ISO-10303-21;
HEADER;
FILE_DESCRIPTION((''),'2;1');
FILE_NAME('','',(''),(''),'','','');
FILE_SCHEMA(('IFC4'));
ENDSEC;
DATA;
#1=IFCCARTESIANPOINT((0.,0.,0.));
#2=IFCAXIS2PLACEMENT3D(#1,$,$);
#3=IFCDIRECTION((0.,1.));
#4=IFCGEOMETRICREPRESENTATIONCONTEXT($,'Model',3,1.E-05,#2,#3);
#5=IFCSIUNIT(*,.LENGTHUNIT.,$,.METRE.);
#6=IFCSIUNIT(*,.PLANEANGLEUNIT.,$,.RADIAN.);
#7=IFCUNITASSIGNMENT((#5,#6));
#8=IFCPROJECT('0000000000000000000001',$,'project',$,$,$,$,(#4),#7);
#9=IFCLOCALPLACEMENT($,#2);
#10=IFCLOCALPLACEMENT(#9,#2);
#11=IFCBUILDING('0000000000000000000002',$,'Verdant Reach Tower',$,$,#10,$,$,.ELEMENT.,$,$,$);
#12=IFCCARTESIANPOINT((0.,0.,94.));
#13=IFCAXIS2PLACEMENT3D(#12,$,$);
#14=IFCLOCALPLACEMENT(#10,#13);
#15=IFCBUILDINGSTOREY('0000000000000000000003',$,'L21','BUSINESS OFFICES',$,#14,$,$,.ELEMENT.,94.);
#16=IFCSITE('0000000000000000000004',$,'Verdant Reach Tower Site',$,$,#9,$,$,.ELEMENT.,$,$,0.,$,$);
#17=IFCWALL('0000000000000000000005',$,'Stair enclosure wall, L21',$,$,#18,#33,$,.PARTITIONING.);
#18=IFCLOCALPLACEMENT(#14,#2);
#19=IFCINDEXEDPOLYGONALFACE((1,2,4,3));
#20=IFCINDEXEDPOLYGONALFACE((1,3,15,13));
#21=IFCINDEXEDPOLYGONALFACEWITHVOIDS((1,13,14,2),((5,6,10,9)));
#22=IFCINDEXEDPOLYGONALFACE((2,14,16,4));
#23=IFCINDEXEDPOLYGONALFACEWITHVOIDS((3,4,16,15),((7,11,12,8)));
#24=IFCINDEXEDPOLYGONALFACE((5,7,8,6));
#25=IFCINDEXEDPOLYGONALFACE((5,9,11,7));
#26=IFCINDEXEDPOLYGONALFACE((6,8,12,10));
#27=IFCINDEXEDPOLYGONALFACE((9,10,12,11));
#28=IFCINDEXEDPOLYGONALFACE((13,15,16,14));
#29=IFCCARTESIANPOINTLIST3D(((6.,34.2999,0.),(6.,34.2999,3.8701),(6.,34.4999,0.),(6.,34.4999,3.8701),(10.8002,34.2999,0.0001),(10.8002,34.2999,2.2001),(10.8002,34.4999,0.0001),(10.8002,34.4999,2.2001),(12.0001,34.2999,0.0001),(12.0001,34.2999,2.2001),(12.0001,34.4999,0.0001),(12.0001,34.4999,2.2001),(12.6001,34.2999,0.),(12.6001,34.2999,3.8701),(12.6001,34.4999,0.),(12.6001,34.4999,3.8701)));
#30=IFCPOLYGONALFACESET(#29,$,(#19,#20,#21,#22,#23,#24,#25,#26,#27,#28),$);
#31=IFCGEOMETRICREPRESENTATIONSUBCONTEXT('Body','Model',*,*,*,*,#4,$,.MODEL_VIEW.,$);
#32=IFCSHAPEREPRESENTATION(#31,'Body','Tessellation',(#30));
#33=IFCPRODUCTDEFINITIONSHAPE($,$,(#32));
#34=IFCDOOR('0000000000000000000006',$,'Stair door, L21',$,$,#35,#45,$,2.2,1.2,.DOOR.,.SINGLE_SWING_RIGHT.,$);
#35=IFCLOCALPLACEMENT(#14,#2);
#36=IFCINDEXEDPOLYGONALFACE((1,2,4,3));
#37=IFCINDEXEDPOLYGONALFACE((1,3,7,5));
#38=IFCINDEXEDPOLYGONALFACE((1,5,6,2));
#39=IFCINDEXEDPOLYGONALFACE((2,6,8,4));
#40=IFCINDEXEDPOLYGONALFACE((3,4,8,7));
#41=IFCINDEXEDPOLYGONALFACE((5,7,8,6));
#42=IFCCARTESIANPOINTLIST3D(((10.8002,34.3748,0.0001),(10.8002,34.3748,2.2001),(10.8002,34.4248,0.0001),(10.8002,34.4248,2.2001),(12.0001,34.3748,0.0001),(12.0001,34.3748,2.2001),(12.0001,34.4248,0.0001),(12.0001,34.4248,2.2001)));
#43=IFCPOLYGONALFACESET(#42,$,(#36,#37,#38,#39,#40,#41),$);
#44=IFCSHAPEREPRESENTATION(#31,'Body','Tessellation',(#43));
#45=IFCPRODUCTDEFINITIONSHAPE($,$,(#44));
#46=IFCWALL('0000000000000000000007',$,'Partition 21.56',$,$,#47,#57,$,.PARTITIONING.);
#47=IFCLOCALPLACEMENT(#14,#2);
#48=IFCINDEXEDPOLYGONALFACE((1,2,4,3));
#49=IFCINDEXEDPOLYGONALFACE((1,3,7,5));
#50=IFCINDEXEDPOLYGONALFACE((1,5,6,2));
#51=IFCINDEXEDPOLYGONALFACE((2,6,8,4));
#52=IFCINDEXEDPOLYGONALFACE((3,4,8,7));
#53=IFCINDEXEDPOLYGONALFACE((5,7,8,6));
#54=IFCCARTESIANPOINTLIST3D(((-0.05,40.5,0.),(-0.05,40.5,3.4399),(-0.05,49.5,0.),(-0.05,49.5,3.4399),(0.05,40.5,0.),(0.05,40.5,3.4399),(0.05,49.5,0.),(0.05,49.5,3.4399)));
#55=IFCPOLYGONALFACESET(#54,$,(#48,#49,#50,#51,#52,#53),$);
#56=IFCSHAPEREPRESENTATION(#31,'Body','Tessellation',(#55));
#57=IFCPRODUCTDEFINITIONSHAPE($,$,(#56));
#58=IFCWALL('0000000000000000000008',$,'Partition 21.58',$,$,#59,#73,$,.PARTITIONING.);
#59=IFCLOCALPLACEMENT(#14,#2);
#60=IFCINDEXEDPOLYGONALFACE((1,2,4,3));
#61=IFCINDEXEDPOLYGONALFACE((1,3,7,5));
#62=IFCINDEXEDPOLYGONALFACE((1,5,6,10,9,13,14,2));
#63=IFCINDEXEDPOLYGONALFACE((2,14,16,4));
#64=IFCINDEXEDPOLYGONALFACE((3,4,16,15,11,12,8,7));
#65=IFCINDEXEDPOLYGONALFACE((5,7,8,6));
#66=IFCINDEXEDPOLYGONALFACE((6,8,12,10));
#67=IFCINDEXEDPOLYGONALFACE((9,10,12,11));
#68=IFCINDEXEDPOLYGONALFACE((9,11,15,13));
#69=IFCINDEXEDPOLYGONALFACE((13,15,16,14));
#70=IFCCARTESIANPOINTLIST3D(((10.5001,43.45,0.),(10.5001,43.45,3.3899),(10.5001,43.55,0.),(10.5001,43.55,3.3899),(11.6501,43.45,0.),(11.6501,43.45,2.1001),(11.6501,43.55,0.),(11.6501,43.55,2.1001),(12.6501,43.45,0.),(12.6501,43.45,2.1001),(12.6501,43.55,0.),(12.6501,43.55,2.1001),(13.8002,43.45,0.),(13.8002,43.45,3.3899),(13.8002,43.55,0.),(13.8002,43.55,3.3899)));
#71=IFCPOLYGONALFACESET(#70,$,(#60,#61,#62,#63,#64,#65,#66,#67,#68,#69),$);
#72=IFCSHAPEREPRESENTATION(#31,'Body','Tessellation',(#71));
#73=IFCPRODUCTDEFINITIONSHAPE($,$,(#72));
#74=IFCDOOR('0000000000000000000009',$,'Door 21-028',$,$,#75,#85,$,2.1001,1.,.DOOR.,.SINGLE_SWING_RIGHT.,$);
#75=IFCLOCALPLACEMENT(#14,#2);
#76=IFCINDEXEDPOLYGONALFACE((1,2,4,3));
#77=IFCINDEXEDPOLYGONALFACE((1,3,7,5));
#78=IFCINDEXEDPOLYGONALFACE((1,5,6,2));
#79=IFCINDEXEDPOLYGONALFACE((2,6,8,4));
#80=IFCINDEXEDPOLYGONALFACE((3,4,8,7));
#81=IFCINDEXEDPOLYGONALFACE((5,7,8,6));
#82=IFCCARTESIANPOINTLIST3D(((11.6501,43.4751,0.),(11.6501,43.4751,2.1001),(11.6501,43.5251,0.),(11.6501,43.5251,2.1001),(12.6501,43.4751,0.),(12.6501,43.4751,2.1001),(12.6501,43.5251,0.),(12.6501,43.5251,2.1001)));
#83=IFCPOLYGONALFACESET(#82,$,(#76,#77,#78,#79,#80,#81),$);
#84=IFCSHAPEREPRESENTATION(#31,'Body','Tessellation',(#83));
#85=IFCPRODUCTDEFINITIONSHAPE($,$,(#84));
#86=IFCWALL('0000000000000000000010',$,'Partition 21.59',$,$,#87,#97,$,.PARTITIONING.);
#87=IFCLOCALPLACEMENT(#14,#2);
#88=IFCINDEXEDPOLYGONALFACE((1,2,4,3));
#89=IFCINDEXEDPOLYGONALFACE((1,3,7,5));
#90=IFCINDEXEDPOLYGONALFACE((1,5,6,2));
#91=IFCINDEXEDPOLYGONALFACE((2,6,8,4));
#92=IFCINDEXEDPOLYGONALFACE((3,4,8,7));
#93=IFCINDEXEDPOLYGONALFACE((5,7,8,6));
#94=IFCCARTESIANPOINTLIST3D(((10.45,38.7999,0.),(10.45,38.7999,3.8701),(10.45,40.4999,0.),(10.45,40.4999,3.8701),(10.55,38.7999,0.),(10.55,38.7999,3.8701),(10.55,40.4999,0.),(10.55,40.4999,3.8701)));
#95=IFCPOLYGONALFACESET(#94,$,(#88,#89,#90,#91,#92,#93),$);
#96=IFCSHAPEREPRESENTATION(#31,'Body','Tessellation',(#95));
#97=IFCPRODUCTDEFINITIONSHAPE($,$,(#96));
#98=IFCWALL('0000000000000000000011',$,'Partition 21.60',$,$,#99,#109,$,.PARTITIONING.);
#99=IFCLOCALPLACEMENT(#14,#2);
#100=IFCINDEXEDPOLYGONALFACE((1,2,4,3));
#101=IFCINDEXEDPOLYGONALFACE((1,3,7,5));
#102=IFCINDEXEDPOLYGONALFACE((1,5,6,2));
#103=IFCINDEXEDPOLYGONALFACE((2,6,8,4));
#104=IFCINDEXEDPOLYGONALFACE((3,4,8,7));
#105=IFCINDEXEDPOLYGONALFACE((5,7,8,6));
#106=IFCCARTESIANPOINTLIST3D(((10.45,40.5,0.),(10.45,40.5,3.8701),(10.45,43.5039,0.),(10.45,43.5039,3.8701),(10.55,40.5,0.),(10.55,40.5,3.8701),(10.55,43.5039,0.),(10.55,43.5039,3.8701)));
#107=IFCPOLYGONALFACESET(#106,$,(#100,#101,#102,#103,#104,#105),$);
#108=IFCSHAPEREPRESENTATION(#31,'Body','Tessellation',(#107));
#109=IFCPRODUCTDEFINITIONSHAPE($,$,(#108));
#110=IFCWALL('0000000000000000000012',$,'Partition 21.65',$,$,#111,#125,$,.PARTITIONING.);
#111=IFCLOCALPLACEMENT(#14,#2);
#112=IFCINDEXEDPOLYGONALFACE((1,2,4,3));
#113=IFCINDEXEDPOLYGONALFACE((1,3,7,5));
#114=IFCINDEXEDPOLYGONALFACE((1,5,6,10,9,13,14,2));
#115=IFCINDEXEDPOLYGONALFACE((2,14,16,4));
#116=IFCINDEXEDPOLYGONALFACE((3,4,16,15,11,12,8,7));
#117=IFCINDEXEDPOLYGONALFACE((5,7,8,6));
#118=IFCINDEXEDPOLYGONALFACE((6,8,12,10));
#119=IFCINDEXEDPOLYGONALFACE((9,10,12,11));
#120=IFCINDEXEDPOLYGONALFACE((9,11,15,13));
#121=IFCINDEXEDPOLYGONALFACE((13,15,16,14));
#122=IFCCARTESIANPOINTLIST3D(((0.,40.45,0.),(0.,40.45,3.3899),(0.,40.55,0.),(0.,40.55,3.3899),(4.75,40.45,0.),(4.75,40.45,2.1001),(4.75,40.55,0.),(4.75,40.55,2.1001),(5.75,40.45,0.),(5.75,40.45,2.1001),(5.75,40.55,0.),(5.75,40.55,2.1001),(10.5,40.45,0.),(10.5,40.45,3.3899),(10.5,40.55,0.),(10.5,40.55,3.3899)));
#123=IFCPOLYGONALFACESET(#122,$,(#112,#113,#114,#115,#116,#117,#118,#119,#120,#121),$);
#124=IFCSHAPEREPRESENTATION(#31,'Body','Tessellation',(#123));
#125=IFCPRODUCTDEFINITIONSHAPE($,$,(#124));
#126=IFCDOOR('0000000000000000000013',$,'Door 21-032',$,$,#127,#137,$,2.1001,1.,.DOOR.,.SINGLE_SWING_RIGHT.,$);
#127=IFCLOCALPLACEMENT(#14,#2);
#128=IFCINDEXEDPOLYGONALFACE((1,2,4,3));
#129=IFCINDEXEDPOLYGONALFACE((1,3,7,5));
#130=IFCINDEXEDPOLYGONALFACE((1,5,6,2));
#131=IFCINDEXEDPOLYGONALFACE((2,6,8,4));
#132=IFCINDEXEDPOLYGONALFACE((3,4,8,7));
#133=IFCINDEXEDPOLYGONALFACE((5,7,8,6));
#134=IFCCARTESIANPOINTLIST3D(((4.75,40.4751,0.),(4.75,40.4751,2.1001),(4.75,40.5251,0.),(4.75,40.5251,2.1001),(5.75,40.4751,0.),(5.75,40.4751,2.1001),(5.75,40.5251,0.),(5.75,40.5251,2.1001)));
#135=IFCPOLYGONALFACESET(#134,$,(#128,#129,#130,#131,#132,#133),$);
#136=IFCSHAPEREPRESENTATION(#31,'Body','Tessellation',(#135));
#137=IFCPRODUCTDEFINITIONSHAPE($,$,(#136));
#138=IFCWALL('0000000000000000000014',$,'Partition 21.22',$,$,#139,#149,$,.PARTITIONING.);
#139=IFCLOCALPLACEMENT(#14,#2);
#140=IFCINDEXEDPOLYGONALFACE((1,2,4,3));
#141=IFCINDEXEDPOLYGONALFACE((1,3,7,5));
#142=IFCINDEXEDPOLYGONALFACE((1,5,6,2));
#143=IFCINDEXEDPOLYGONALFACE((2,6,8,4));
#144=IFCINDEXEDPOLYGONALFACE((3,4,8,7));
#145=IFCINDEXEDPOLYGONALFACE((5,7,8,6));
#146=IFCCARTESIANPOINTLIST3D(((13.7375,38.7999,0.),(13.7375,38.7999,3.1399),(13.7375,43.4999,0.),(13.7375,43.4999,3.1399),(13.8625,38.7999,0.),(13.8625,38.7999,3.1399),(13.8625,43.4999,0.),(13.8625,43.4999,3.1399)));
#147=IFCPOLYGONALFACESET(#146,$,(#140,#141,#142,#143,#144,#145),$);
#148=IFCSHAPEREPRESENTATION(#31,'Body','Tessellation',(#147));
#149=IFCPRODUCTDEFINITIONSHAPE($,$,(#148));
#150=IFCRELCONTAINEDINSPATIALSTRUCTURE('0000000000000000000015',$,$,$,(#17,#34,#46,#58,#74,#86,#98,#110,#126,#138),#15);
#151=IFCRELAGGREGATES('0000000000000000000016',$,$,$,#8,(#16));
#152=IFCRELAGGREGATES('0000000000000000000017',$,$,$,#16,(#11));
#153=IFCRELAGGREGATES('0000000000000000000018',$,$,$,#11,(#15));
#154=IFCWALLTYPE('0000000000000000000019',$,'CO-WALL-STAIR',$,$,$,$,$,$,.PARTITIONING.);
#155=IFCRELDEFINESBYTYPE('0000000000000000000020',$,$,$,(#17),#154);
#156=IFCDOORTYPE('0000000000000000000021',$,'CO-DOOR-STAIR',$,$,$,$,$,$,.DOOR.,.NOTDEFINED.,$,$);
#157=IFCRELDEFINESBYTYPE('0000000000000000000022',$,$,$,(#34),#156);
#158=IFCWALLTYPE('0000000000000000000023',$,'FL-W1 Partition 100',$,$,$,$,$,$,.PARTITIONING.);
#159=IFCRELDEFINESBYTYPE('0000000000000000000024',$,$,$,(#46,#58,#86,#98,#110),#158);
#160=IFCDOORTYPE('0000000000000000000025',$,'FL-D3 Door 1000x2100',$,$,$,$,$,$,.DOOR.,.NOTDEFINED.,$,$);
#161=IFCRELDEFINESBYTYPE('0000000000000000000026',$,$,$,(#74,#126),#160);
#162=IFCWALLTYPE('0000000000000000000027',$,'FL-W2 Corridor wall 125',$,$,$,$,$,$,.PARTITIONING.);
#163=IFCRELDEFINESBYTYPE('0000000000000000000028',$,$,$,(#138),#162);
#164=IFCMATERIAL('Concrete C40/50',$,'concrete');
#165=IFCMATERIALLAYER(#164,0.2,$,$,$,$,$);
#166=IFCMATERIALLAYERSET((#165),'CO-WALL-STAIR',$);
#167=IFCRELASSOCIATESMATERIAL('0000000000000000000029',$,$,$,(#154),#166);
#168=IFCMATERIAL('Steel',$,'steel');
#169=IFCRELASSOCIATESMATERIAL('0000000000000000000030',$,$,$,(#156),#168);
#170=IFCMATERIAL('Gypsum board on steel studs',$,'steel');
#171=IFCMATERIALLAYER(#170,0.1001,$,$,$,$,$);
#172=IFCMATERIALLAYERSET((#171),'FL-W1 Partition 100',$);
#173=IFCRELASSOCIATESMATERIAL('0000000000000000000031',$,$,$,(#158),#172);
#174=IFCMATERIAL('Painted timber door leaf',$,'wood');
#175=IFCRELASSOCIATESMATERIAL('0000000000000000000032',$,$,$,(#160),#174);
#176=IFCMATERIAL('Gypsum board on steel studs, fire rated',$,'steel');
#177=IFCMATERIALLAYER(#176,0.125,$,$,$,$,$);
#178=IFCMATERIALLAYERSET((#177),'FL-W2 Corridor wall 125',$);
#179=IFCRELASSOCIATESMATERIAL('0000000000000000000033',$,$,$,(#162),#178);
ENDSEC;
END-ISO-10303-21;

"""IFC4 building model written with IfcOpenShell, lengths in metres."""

from ifc_helpers import new_model, si_unit, direction, frame, frame_2d, origin, place, context, subcontext, project, spatial, rectangle, extrude, material, layer, layer_set, type_object, element, fill, save


model = new_model("IFC4")

# Units and contexts
model_context = context("Model", 3, precision=1e-05, world=origin(), true_north=direction((0.0, 1.0)))
body_context = subcontext(model_context, "Body", "Model", "MODEL_VIEW")
ifc_project = project(units=[si_unit("LENGTHUNIT", "METRE"), si_unit("PLANEANGLEUNIT", "RADIAN")], contexts=[model_context])

# Site, building, storey
site_placement = place(None, origin())
site = spatial("IfcSite", under=ifc_project, at=site_placement, Name="Verdant Reach Tower Site", CompositionType="ELEMENT", RefElevation=0.0)
building_placement = place(site_placement, origin())
building = spatial("IfcBuilding", under=site, at=building_placement, Name="Verdant Reach Tower", CompositionType="ELEMENT")
storey_placement = place(building_placement, frame((0.0, 0.0, 94.0)))
storey = spatial("IfcBuildingStorey", under=building, at=storey_placement, Name="L21", Description="BUSINESS OFFICES", CompositionType="ELEMENT", Elevation=94.0)

# Shared definitions
ifc_material_1 = material(Name="Concrete C40/50", Category="concrete")
ifc_layer_1 = layer(ifc_material_1, 0.2)
ifc_layer_set_1 = layer_set([ifc_layer_1], Name="CO-WALL-STAIR")
wall_type_1 = type_object("IfcWallType", Name="CO-WALL-STAIR", PredefinedType="PARTITIONING", material=ifc_layer_set_1)

# Wall, opening, door
wall_1_placement = place(storey_placement, frame((6.0, 34.3999, 0.0), z_axis=(0.0, 0.0, 1.0), x_axis=(1.0, 0.0, 0.0)))
wall_1 = element("IfcWall", 1, at=wall_1_placement, inside=storey, type_object=wall_type_1, Name="Stair enclosure wall, L21", PredefinedType="PARTITIONING", context=body_context, shape_type="SweptSolid", body=[
    extrude(rectangle(XDim=6.6001, YDim=0.2, at=frame_2d((3.3, 0.0))), origin(), (0.0, 0.0, 1.0), 3.8701),
])
opening_1_placement = place(wall_1_placement, frame((4.8, 0.0, 0.0)))
opening_1 = element("IfcOpeningElement", 2, at=opening_1_placement, cuts=wall_1, PredefinedType="OPENING", context=body_context, shape_type="SweptSolid", body=[
    extrude(rectangle(XDim=1.2, YDim=2.2, at=frame_2d((0.6001, 1.1001))), frame((0.0, 0.1099, 0.0), z_axis=(0.0, -1.0, 0.0), x_axis=(1.0, 0.0, 0.0)), (0.0, 0.0, 1.0), 0.22),
])
ifc_material_2 = material(Name="Steel", Category="steel")
door_type_1 = type_object("IfcDoorType", Name="CO-DOOR-STAIR", OperationType="NOTDEFINED", PredefinedType="DOOR", material=ifc_material_2)
door_1_placement = place(opening_1_placement, origin())
door_1 = element("IfcDoor", 3, at=door_1_placement, inside=storey, type_object=door_type_1, Name="Stair door, L21", OperationType="SINGLE_SWING_RIGHT", OverallHeight=2.2, OverallWidth=1.2, PredefinedType="DOOR", context=body_context, shape_type="SweptSolid", body=[
    extrude(rectangle(XDim=1.2, YDim=2.2, at=frame_2d((0.6001, 1.1001))), frame((0.0, 0.0249, 0.0), z_axis=(0.0, -1.0, 0.0), x_axis=(1.0, 0.0, 0.0)), (0.0, 0.0, 1.0), 0.05),
])
fill(opening_1, door_1)

# Wall
ifc_material_3 = material(Name="Gypsum board on steel studs", Category="steel")
ifc_layer_2 = layer(ifc_material_3, 0.1001)
ifc_layer_set_2 = layer_set([ifc_layer_2], Name="FL-W1 Partition 100")
wall_type_2 = type_object("IfcWallType", Name="FL-W1 Partition 100", PredefinedType="PARTITIONING", material=ifc_layer_set_2)
wall_2_placement = place(storey_placement, frame((0.0, 40.5, 0.0), z_axis=(0.0, 0.0, 1.0), x_axis=(0.0, 1.0, 0.0)))
element("IfcWall", 4, at=wall_2_placement, inside=storey, type_object=wall_type_2, Name="Partition 21.56", PredefinedType="PARTITIONING", context=body_context, shape_type="SweptSolid", body=[
    extrude(rectangle(XDim=9.0, YDim=0.1001, at=frame_2d((4.5, 0.0))), origin(), (0.0, 0.0, 1.0), 3.4399),
])

# Wall, opening, door
wall_3_placement = place(storey_placement, frame((13.8, 43.5, 0.0), z_axis=(0.0, 0.0, 1.0), x_axis=(-1.0, 0.0, 0.0)))
wall_3 = element("IfcWall", 5, at=wall_3_placement, inside=storey, type_object=wall_type_2, Name="Partition 21.58", PredefinedType="PARTITIONING", context=body_context, shape_type="SweptSolid", body=[
    extrude(rectangle(XDim=3.3, YDim=0.1001, at=frame_2d((1.6499, 0.0))), origin(), (0.0, 0.0, 1.0), 3.3899),
])
opening_2_placement = place(wall_3_placement, frame((1.1499, 0.0, 0.0)))
opening_2 = element("IfcOpeningElement", 6, at=opening_2_placement, cuts=wall_3, PredefinedType="OPENING", context=body_context, shape_type="SweptSolid", body=[
    extrude(rectangle(XDim=1.0, YDim=2.1001, at=frame_2d((0.5, 1.05))), frame((0.0, 0.0601, 0.0), z_axis=(0.0, -1.0, 0.0), x_axis=(1.0, 0.0, 0.0)), (0.0, 0.0, 1.0), 0.1201),
])
ifc_material_4 = material(Name="Painted timber door leaf", Category="wood")
door_type_2 = type_object("IfcDoorType", Name="FL-D3 Door 1000x2100", OperationType="NOTDEFINED", PredefinedType="DOOR", material=ifc_material_4)
door_2_placement = place(opening_2_placement, origin())
door_2 = element("IfcDoor", 7, at=door_2_placement, inside=storey, type_object=door_type_2, Name="Door 21-028", OperationType="SINGLE_SWING_RIGHT", OverallHeight=2.1001, OverallWidth=1.0, PredefinedType="DOOR", context=body_context, shape_type="SweptSolid", body=[
    extrude(rectangle(XDim=1.0, YDim=2.1001, at=frame_2d((0.5, 1.05))), frame((0.0, 0.0249, 0.0), z_axis=(0.0, -1.0, 0.0), x_axis=(1.0, 0.0, 0.0)), (0.0, 0.0, 1.0), 0.05),
])
fill(opening_2, door_2)

# Walls
wall_4_placement = place(storey_placement, frame((10.5, 40.5, 0.0), z_axis=(0.0, 0.0, 1.0), x_axis=(0.0, -1.0, 0.0)))
element("IfcWall", 8, at=wall_4_placement, inside=storey, type_object=wall_type_2, Name="Partition 21.59", PredefinedType="PARTITIONING", context=body_context, shape_type="SweptSolid", body=[
    extrude(rectangle(XDim=1.7, YDim=0.1001, at=frame_2d((0.8501, 0.0))), origin(), (0.0, 0.0, 1.0), 3.8701),
])
wall_5_placement = place(storey_placement, frame((10.5, 43.5039, 0.0), z_axis=(0.0, 0.0, 1.0), x_axis=(0.0, -1.0, 0.0)))
element("IfcWall", 9, at=wall_5_placement, inside=storey, type_object=wall_type_2, Name="Partition 21.60", PredefinedType="PARTITIONING", context=body_context, shape_type="SweptSolid", body=[
    extrude(rectangle(XDim=3.0039, YDim=0.1001, at=frame_2d((1.502, 0.0))), origin(), (0.0, 0.0, 1.0), 3.8701),
])

# Wall, opening, door
wall_6_placement = place(storey_placement, frame((10.5, 40.5, 0.0), z_axis=(0.0, 0.0, 1.0), x_axis=(-1.0, 0.0, 0.0)))
wall_6 = element("IfcWall", 10, at=wall_6_placement, inside=storey, type_object=wall_type_2, Name="Partition 21.65", PredefinedType="PARTITIONING", context=body_context, shape_type="SweptSolid", body=[
    extrude(rectangle(XDim=10.5, YDim=0.1001, at=frame_2d((5.25, 0.0))), origin(), (0.0, 0.0, 1.0), 3.3899),
])
opening_3_placement = place(wall_6_placement, frame((4.75, 0.0, 0.0)))
opening_3 = element("IfcOpeningElement", 11, at=opening_3_placement, cuts=wall_6, PredefinedType="OPENING", context=body_context, shape_type="SweptSolid", body=[
    extrude(rectangle(XDim=1.0, YDim=2.1001, at=frame_2d((0.5, 1.05))), frame((0.0, 0.0601, 0.0), z_axis=(0.0, -1.0, 0.0), x_axis=(1.0, 0.0, 0.0)), (0.0, 0.0, 1.0), 0.1201),
])
door_3_placement = place(opening_3_placement, origin())
door_3 = element("IfcDoor", 12, at=door_3_placement, inside=storey, type_object=door_type_2, Name="Door 21-032", OperationType="SINGLE_SWING_RIGHT", OverallHeight=2.1001, OverallWidth=1.0, PredefinedType="DOOR", context=body_context, shape_type="SweptSolid", body=[
    extrude(rectangle(XDim=1.0, YDim=2.1001, at=frame_2d((0.5, 1.05))), frame((0.0, 0.0249, 0.0), z_axis=(0.0, -1.0, 0.0), x_axis=(1.0, 0.0, 0.0)), (0.0, 0.0, 1.0), 0.05),
])
fill(opening_3, door_3)

# Wall
ifc_material_5 = material(Name="Gypsum board on steel studs, fire rated", Category="steel")
ifc_layer_3 = layer(ifc_material_5, 0.125)
ifc_layer_set_3 = layer_set([ifc_layer_3], Name="FL-W2 Corridor wall 125")
wall_type_3 = type_object("IfcWallType", Name="FL-W2 Corridor wall 125", PredefinedType="PARTITIONING", material=ifc_layer_set_3)
wall_7_placement = place(storey_placement, frame((13.8, 43.5, 0.0), z_axis=(0.0, 0.0, 1.0), x_axis=(0.0, -1.0, 0.0)))
element("IfcWall", 13, at=wall_7_placement, inside=storey, type_object=wall_type_3, Name="Partition 21.22", PredefinedType="PARTITIONING", context=body_context, shape_type="SweptSolid", body=[
    extrude(rectangle(XDim=4.7, YDim=0.125, at=frame_2d((2.3501, 0.0))), origin(), (0.0, 0.0, 1.0), 3.1399),
])

save(model, "model.ifc")
